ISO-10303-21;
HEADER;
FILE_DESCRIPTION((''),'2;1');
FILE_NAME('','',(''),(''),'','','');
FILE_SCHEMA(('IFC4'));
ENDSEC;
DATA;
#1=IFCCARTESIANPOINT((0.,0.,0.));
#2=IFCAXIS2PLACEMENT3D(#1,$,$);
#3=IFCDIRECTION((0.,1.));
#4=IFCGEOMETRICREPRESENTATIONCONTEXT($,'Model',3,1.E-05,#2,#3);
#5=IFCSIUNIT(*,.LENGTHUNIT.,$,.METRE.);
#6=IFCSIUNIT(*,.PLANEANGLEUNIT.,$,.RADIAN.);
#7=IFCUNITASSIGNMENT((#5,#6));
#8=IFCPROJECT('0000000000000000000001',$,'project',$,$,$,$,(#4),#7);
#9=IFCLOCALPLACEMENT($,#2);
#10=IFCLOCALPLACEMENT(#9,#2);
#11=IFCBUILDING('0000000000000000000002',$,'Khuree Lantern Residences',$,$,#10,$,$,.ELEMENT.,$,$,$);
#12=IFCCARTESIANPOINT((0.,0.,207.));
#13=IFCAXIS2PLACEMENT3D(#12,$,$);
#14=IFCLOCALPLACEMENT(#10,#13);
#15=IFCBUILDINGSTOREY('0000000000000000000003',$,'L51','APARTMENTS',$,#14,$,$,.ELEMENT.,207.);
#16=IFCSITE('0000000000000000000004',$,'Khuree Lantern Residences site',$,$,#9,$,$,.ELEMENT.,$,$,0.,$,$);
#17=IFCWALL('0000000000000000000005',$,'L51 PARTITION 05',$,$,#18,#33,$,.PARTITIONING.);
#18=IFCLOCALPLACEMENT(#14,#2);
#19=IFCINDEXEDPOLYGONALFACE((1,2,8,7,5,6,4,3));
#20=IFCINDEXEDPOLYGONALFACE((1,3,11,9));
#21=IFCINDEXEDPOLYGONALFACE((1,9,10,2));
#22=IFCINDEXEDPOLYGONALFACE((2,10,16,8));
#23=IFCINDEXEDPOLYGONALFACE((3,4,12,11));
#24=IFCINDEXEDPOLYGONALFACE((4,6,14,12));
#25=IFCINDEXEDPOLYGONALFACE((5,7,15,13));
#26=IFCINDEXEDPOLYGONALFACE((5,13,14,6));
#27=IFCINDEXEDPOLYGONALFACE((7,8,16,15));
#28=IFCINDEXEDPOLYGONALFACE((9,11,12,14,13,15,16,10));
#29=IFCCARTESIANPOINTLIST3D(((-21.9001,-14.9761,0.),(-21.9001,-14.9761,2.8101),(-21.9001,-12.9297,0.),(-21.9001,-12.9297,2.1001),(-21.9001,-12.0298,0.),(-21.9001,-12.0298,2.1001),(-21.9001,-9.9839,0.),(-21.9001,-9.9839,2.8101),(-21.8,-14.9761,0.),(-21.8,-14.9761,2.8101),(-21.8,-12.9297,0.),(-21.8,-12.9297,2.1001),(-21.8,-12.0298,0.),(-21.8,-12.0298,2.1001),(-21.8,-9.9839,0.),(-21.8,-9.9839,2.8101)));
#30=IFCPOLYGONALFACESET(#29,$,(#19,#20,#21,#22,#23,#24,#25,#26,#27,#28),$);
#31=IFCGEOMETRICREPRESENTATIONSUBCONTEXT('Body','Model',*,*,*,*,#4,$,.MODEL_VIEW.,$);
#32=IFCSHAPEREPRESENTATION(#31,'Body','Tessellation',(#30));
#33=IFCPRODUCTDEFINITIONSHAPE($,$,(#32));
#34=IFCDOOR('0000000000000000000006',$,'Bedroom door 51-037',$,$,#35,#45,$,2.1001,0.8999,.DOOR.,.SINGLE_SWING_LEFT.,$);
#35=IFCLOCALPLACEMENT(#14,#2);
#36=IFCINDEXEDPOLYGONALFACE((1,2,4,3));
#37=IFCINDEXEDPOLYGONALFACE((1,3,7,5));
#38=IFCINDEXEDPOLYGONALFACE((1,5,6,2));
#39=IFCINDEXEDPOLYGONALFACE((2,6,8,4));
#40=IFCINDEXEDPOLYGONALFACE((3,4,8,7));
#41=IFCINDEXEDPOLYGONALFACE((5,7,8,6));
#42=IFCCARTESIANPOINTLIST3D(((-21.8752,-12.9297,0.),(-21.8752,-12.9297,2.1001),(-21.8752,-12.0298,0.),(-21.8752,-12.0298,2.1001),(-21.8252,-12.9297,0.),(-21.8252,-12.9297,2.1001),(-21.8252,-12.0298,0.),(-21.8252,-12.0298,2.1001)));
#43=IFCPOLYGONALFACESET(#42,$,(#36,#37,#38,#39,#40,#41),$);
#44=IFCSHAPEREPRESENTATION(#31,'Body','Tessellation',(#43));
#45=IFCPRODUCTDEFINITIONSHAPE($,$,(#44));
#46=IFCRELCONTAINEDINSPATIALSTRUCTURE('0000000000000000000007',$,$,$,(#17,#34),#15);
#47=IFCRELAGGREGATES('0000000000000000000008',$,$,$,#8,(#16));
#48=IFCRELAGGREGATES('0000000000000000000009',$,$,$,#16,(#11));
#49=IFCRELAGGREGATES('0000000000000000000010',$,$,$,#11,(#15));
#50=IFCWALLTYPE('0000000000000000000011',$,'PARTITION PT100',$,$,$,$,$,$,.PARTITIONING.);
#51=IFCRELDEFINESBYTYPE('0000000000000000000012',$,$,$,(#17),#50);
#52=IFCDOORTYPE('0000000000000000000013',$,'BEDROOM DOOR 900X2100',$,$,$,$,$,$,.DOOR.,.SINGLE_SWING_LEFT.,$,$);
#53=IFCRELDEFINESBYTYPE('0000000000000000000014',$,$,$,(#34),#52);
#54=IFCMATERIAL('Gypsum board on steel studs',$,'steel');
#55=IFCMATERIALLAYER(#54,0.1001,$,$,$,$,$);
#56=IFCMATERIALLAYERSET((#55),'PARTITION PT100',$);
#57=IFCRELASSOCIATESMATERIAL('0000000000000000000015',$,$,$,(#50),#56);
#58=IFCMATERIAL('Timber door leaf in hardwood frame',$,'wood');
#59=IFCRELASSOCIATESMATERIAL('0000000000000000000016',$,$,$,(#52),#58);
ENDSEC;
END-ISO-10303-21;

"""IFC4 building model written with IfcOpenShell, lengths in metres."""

from ifc_helpers import new_model, si_unit, direction, frame, frame_2d, origin, place, context, subcontext, project, spatial, rectangle, extrude, material, layer, layer_set, type_object, element, fill, save


model = new_model("IFC4")

# Units and contexts
model_context = context("Model", 3, precision=1e-05, world=origin(), true_north=direction((0.0, 1.0)))
body_context = subcontext(model_context, "Body", "Model", "MODEL_VIEW")
ifc_project = project(units=[si_unit("LENGTHUNIT", "METRE"), si_unit("PLANEANGLEUNIT", "RADIAN")], contexts=[model_context])

# Site, building, storey
site_placement = place(None, origin())
site = spatial("IfcSite", under=ifc_project, at=site_placement, Name="Khuree Lantern Residences site", CompositionType="ELEMENT", RefElevation=0.0)
building_placement = place(site_placement, origin())
building = spatial("IfcBuilding", under=site, at=building_placement, Name="Khuree Lantern Residences", CompositionType="ELEMENT")
storey_placement = place(building_placement, frame((0.0, 0.0, 207.0)))
storey = spatial("IfcBuildingStorey", under=building, at=storey_placement, Name="L51", Description="APARTMENTS", CompositionType="ELEMENT", Elevation=207.0)

# Shared definitions
ifc_material_1 = material(Name="Timber door leaf in hardwood frame", Category="wood")

# Shared definitions
ifc_material_2 = material(Name="Gypsum board on steel studs", Category="steel")
ifc_layer_1 = layer(ifc_material_2, 0.1001)
ifc_layer_set_1 = layer_set([ifc_layer_1], Name="PARTITION PT100")
wall_type_1 = type_object("IfcWallType", Name="PARTITION PT100", PredefinedType="PARTITIONING", material=ifc_layer_set_1)

# Wall, opening, door
wall_1_placement = place(storey_placement, frame((-21.8501, -9.9839, 0.0), z_axis=(0.0, 0.0, 1.0), x_axis=(0.0, -1.0, 0.0)))
wall_1 = element("IfcWall", 1, at=wall_1_placement, inside=storey, type_object=wall_type_1, Name="L51 PARTITION 05", PredefinedType="PARTITIONING", context=body_context, shape_type="SweptSolid", body=[
    extrude(rectangle(XDim=4.9922, YDim=0.1001, at=frame_2d((2.4961, 0.0))), origin(), (0.0, 0.0, 1.0), 2.8101),
])
opening_1_placement = place(wall_1_placement, frame((2.0459, 0.0, 0.0)))
opening_1 = element("IfcOpeningElement", 2, at=opening_1_placement, cuts=wall_1, PredefinedType="OPENING", context=body_context, shape_type="SweptSolid", body=[
    extrude(rectangle(XDim=0.8999, YDim=2.1001, at=frame_2d((0.45, 1.05))), frame((0.0, 0.0601, 0.0), z_axis=(0.0, -1.0, 0.0), x_axis=(1.0, 0.0, 0.0)), (0.0, 0.0, 1.0), 0.1201),
])
door_type_1 = type_object("IfcDoorType", Name="BEDROOM DOOR 900X2100", OperationType="SINGLE_SWING_LEFT", PredefinedType="DOOR", material=ifc_material_1)
door_1_placement = place(opening_1_placement, origin())
door_1 = element("IfcDoor", 3, at=door_1_placement, inside=storey, type_object=door_type_1, Name="Bedroom door 51-037", OperationType="SINGLE_SWING_LEFT", OverallHeight=2.1001, OverallWidth=0.8999, PredefinedType="DOOR", context=body_context, shape_type="SweptSolid", body=[
    extrude(rectangle(XDim=0.8999, YDim=2.1001, at=frame_2d((0.45, 1.05))), frame((0.0, 0.0249, 0.0), z_axis=(0.0, -1.0, 0.0), x_axis=(1.0, 0.0, 0.0)), (0.0, 0.0, 1.0), 0.05),
])
fill(opening_1, door_1)

save(model, "model.ifc")
